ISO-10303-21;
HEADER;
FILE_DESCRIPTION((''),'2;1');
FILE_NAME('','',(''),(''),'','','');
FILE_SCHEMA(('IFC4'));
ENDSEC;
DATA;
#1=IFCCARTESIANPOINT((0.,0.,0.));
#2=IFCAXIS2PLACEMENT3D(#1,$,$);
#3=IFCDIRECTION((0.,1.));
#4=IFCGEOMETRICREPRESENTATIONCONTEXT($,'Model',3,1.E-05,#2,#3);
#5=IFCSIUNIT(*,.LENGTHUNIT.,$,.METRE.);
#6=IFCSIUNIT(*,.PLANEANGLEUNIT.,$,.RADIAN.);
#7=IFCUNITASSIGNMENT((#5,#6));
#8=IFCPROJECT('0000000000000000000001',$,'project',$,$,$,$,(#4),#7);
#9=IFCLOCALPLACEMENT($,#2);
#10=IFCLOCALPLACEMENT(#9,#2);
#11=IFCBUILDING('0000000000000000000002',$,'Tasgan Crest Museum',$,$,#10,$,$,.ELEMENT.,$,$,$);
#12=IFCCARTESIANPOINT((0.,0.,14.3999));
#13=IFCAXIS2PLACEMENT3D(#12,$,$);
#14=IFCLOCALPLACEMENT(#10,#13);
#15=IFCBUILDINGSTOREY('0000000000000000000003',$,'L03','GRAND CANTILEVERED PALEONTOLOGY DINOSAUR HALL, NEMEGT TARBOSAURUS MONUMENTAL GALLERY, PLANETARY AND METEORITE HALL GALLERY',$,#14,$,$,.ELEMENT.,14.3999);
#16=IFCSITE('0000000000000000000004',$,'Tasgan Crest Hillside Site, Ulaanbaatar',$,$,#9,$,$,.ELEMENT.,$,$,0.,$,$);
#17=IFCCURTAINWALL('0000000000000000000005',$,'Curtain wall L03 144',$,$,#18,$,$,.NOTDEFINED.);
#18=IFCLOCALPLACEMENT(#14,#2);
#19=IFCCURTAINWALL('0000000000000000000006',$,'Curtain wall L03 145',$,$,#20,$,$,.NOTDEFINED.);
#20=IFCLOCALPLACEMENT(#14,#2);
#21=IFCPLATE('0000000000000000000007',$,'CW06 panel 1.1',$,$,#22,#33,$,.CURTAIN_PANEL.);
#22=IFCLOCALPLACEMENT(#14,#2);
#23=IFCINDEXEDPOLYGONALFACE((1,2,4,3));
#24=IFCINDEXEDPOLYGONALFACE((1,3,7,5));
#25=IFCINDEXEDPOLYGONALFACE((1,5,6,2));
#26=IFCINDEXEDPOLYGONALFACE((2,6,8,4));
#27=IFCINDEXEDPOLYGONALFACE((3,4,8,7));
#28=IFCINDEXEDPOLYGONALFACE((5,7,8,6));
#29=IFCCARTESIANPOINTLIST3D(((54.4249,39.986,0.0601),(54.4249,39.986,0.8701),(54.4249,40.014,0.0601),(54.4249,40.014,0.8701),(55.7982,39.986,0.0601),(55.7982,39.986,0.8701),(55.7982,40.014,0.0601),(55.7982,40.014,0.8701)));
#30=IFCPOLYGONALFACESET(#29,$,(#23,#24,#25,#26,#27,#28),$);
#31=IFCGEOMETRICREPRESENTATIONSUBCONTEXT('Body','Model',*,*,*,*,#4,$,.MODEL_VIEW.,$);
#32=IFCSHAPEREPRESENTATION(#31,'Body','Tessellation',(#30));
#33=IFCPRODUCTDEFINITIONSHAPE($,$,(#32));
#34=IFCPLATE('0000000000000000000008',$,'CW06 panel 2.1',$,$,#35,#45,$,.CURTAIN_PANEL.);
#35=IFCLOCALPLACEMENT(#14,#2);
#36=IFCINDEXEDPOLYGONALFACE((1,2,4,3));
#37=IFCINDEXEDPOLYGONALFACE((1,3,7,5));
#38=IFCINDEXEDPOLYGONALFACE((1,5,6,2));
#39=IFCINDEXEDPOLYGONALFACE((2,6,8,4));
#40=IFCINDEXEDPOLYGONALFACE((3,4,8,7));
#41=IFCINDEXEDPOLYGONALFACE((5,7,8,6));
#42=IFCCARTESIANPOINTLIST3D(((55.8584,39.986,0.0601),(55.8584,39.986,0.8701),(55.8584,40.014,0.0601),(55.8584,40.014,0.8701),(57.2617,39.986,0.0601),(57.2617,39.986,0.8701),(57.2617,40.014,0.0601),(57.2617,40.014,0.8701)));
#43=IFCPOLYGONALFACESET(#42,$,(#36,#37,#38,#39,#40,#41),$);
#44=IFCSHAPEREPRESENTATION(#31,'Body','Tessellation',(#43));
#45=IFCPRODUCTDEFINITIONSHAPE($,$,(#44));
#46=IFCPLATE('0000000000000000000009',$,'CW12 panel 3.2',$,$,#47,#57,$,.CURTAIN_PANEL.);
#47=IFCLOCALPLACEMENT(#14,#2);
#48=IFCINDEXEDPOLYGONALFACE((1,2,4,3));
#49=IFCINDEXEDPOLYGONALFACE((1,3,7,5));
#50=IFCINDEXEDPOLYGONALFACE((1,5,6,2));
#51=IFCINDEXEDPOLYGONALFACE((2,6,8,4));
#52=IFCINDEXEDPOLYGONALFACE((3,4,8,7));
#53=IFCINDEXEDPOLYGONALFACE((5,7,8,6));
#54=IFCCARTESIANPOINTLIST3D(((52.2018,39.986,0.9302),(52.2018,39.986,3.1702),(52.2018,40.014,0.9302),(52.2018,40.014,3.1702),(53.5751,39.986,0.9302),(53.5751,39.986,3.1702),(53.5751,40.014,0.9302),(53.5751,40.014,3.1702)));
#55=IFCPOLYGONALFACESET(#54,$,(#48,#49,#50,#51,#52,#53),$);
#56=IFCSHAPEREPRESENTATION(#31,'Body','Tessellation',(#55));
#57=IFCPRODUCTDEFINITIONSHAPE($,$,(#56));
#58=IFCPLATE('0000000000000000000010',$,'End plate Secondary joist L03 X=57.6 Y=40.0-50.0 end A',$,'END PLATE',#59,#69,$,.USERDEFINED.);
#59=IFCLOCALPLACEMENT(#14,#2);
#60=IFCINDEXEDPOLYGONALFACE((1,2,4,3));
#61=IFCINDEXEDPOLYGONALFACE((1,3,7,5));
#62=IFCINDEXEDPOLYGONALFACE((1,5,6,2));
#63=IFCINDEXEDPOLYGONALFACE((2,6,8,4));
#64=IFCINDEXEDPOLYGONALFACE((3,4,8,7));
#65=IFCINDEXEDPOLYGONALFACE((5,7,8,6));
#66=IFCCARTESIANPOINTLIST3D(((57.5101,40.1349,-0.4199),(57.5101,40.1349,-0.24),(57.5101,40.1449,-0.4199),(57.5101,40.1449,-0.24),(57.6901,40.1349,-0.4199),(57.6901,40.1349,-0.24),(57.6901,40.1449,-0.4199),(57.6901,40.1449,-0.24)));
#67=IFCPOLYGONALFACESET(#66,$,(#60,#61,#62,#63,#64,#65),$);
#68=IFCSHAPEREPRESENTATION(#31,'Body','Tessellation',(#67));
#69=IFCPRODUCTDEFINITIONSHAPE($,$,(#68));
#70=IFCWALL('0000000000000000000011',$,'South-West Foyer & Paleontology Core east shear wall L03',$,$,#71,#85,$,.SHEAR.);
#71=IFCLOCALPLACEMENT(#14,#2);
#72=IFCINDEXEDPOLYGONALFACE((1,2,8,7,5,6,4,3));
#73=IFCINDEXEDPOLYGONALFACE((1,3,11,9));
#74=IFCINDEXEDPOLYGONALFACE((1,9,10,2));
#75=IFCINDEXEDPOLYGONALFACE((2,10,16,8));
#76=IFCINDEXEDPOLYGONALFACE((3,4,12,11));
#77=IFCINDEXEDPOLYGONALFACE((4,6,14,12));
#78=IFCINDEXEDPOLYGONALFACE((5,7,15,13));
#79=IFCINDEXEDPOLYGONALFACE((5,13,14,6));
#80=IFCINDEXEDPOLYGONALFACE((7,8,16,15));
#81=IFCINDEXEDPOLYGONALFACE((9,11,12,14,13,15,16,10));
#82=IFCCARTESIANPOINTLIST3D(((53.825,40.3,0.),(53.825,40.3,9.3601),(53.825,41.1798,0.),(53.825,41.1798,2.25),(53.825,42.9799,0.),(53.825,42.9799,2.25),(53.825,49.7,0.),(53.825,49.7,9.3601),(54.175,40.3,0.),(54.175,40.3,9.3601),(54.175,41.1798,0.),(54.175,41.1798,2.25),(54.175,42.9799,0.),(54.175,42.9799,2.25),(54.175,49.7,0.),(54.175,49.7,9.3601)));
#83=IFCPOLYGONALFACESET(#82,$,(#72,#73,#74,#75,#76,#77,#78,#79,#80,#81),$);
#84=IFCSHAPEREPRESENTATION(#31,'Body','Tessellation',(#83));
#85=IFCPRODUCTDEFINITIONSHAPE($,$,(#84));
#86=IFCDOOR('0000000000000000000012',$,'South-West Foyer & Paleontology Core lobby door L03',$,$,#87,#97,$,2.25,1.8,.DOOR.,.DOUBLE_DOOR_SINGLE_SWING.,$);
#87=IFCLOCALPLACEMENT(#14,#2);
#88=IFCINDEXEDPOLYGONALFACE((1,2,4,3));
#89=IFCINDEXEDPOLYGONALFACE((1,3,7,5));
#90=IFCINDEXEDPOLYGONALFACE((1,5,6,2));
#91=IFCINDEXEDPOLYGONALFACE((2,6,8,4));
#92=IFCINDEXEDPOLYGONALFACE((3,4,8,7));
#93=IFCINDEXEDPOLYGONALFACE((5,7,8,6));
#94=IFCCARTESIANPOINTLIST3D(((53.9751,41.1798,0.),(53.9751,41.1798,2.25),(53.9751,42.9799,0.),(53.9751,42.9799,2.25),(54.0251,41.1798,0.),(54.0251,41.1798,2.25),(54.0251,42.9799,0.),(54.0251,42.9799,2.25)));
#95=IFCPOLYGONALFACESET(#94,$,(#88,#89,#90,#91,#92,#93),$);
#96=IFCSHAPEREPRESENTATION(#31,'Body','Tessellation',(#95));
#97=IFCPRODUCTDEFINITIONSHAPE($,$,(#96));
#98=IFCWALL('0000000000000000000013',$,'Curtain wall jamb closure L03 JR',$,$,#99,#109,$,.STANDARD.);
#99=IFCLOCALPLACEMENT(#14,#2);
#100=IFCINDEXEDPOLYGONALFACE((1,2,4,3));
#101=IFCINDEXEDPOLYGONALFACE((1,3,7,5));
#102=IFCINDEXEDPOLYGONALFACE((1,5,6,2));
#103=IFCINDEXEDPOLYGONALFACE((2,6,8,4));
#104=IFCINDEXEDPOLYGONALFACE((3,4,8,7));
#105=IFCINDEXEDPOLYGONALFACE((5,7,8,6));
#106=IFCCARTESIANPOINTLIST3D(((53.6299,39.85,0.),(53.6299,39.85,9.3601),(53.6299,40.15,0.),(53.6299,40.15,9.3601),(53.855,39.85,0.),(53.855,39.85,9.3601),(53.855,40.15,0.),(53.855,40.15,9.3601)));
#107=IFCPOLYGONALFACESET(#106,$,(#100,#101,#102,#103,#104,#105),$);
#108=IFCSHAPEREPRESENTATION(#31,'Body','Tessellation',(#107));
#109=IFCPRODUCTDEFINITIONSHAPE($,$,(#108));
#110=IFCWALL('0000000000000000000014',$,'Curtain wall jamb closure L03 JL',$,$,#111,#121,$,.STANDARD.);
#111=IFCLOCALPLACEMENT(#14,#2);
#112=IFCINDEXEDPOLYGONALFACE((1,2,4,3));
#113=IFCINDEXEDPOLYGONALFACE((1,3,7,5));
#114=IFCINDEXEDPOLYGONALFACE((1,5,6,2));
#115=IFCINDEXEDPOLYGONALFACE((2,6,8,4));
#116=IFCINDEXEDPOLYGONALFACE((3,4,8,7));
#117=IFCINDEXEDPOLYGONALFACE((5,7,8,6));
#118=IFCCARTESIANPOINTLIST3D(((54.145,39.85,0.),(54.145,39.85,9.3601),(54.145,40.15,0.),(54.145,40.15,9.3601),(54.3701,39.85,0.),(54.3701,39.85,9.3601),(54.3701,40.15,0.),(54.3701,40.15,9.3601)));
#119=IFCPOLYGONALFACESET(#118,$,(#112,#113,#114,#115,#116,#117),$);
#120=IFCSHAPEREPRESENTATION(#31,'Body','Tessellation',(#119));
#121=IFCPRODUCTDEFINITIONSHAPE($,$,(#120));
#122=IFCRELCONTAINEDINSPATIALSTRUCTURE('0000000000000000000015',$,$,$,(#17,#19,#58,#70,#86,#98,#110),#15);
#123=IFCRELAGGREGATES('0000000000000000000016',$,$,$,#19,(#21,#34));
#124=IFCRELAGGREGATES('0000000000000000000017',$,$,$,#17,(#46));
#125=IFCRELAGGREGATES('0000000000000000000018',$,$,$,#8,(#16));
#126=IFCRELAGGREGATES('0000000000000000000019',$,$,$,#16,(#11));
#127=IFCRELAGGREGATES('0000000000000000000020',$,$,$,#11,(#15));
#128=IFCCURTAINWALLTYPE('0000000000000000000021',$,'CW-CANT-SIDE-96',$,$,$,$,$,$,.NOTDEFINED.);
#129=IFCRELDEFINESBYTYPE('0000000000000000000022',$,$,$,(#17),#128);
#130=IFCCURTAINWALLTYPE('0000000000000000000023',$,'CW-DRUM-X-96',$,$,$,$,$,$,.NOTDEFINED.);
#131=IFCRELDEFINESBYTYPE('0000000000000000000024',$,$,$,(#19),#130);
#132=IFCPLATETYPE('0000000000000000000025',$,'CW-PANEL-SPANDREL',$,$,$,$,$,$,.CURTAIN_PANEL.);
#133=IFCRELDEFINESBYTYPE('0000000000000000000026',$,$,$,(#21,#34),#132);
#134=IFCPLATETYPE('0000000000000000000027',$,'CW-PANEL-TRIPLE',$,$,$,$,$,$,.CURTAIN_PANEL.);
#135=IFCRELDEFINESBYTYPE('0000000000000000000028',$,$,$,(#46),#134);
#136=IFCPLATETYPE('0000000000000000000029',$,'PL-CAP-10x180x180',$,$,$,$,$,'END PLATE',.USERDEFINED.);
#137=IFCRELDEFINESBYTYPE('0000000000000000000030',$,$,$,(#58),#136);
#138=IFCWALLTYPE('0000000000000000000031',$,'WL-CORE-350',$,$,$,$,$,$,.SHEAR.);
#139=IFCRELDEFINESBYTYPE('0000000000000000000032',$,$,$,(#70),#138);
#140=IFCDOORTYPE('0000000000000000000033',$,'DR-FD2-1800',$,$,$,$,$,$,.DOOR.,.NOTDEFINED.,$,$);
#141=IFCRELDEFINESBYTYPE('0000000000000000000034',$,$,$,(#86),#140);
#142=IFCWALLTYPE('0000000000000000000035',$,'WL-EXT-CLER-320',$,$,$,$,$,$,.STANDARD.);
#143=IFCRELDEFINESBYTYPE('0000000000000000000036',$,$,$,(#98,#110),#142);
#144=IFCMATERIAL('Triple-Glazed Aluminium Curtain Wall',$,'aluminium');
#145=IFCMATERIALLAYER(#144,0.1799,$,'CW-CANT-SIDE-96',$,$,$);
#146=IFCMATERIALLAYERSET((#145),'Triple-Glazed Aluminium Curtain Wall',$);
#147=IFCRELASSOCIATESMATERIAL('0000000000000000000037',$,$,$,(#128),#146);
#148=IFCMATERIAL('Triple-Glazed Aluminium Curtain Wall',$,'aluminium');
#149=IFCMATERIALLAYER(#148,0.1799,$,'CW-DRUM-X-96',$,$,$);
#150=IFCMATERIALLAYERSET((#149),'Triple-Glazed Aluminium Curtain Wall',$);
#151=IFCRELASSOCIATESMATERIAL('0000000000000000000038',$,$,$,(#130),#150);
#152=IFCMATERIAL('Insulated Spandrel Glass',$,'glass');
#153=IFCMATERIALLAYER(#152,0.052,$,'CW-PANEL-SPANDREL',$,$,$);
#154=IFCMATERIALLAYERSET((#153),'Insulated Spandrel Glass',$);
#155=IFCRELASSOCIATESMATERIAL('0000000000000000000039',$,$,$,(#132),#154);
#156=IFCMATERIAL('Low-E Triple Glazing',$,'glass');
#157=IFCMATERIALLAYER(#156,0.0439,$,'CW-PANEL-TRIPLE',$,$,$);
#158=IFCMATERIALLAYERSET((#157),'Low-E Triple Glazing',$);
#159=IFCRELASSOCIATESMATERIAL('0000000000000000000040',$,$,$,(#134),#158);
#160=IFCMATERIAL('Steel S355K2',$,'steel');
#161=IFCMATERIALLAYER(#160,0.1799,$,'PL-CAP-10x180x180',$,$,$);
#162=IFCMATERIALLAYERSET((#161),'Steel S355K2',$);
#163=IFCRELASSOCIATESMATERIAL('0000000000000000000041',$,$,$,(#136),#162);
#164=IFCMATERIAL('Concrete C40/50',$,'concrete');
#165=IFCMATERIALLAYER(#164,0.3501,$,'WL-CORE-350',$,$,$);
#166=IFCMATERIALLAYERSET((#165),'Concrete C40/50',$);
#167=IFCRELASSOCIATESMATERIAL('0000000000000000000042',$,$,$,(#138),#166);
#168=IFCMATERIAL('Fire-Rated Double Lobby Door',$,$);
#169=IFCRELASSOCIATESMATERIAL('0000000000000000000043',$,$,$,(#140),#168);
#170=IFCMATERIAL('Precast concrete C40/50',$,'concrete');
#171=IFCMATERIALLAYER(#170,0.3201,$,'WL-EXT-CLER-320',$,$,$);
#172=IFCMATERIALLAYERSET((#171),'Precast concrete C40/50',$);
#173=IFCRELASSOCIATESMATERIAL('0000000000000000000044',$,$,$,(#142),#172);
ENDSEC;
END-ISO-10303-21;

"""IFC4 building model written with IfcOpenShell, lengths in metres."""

from ifc_helpers import new_model, si_unit, direction, frame, frame_2d, origin, origin_2d, place, context, subcontext, project, spatial, rectangle, extrude, material, layer, layer_set, type_object, element, fill, aggregate, save


model = new_model("IFC4")

# Units and contexts
model_context = context("Model", 3, precision=1e-05, world=origin(), true_north=direction((0.0, 1.0)))
body_context = subcontext(model_context, "Body", "Model", "MODEL_VIEW")
ifc_project = project(units=[si_unit("LENGTHUNIT", "METRE"), si_unit("PLANEANGLEUNIT", "RADIAN")], contexts=[model_context])

# Site, building, storey
site_placement = place(None, origin())
site = spatial("IfcSite", under=ifc_project, at=site_placement, Name="Tasgan Crest Hillside Site, Ulaanbaatar", CompositionType="ELEMENT", RefElevation=0.0)
building_placement = place(site_placement, origin())
building = spatial("IfcBuilding", under=site, at=building_placement, Name="Tasgan Crest Museum", CompositionType="ELEMENT")
storey_placement = place(building_placement, frame((0.0, 0.0, 14.3999)))
storey = spatial("IfcBuildingStorey", under=building, at=storey_placement, Name="L03", Description="GRAND CANTILEVERED PALEONTOLOGY DINOSAUR HALL, NEMEGT TARBOSAURUS MONUMENTAL GALLERY, PLANETARY AND METEORITE HALL GALLERY", CompositionType="ELEMENT", Elevation=14.3999)

# Curtain wall
ifc_material_1 = material(Name="Triple-Glazed Aluminium Curtain Wall", Category="aluminium")
ifc_layer_1 = layer(ifc_material_1, 0.1799, Name="CW-CANT-SIDE-96")
ifc_layer_set_1 = layer_set([ifc_layer_1], Name="Triple-Glazed Aluminium Curtain Wall")
curtain_wall_type_1 = type_object("IfcCurtainWallType", Name="CW-CANT-SIDE-96", PredefinedType="NOTDEFINED", material=ifc_layer_set_1)
curtain_wall_1_placement = place(storey_placement, origin())
curtain_wall_1 = element("IfcCurtainWall", 1, at=curtain_wall_1_placement, inside=storey, type_object=curtain_wall_type_1, Name="Curtain wall L03 144", PredefinedType="NOTDEFINED")

# Curtain wall
ifc_material_2 = material(Name="Triple-Glazed Aluminium Curtain Wall", Category="aluminium")
ifc_layer_2 = layer(ifc_material_2, 0.1799, Name="CW-DRUM-X-96")
ifc_layer_set_2 = layer_set([ifc_layer_2], Name="Triple-Glazed Aluminium Curtain Wall")
curtain_wall_type_2 = type_object("IfcCurtainWallType", Name="CW-DRUM-X-96", PredefinedType="NOTDEFINED", material=ifc_layer_set_2)
curtain_wall_2_placement = place(storey_placement, origin())
curtain_wall_2 = element("IfcCurtainWall", 2, at=curtain_wall_2_placement, inside=storey, type_object=curtain_wall_type_2, Name="Curtain wall L03 145", PredefinedType="NOTDEFINED")

# Plates
ifc_material_3 = material(Name="Insulated Spandrel Glass", Category="glass")
ifc_layer_3 = layer(ifc_material_3, 0.052, Name="CW-PANEL-SPANDREL")
ifc_layer_set_3 = layer_set([ifc_layer_3], Name="Insulated Spandrel Glass")
plate_type_1 = type_object("IfcPlateType", Name="CW-PANEL-SPANDREL", PredefinedType="CURTAIN_PANEL", material=ifc_layer_set_3)
plate_1_placement = place(storey_placement, frame((55.1116, 40.0, 0.0601), z_axis=(0.0, 0.0, 1.0), x_axis=(1.0, 0.0, 0.0)))
plate_1 = element("IfcPlate", 3, at=plate_1_placement, type_object=plate_type_1, Name="CW06 panel 1.1", PredefinedType="CURTAIN_PANEL", context=body_context, shape_type="SweptSolid", body=[
    extrude(rectangle(XDim=1.3733, YDim=0.0281, at=origin_2d()), origin(), (0.0, 0.0, 1.0), 0.8101),
])
plate_2_placement = place(storey_placement, frame((56.5601, 40.0, 0.0601), z_axis=(0.0, 0.0, 1.0), x_axis=(1.0, 0.0, 0.0)))
plate_2 = element("IfcPlate", 4, at=plate_2_placement, type_object=plate_type_1, Name="CW06 panel 2.1", PredefinedType="CURTAIN_PANEL", context=body_context, shape_type="SweptSolid", body=[
    extrude(rectangle(XDim=1.4033, YDim=0.0281, at=origin_2d()), origin(), (0.0, 0.0, 1.0), 0.8101),
])
aggregate(curtain_wall_2, [plate_1, plate_2])
ifc_material_4 = material(Name="Low-E Triple Glazing", Category="glass")
ifc_layer_4 = layer(ifc_material_4, 0.0439, Name="CW-PANEL-TRIPLE")
ifc_layer_set_4 = layer_set([ifc_layer_4], Name="Low-E Triple Glazing")
plate_type_2 = type_object("IfcPlateType", Name="CW-PANEL-TRIPLE", PredefinedType="CURTAIN_PANEL", material=ifc_layer_set_4)
plate_3_placement = place(storey_placement, frame((52.8884, 40.0, 0.9302), z_axis=(0.0, 0.0, 1.0), x_axis=(1.0, 0.0, 0.0)))
plate_3 = element("IfcPlate", 5, at=plate_3_placement, type_object=plate_type_2, Name="CW12 panel 3.2", PredefinedType="CURTAIN_PANEL", context=body_context, shape_type="SweptSolid", body=[
    extrude(rectangle(XDim=1.3733, YDim=0.0281, at=origin_2d()), origin(), (0.0, 0.0, 1.0), 2.24),
])
aggregate(curtain_wall_1, [plate_3])
ifc_material_5 = material(Name="Steel S355K2", Category="steel")
ifc_layer_5 = layer(ifc_material_5, 0.1799, Name="PL-CAP-10x180x180")
ifc_layer_set_5 = layer_set([ifc_layer_5], Name="Steel S355K2")
plate_type_3 = type_object("IfcPlateType", Name="PL-CAP-10x180x180", ElementType="END PLATE", PredefinedType="USERDEFINED", material=ifc_layer_set_5)
plate_4_placement = place(storey_placement, frame((57.6001, 40.1399, -0.4199), z_axis=(0.0, 0.0, 1.0), x_axis=(0.0, 1.0, 0.0)))
element("IfcPlate", 6, at=plate_4_placement, inside=storey, type_object=plate_type_3, Name="End plate Secondary joist L03 X=57.6 Y=40.0-50.0 end A", ObjectType="END PLATE", PredefinedType="USERDEFINED", context=body_context, shape_type="SweptSolid", body=[
    extrude(rectangle(XDim=0.01, YDim=0.1799, at=origin_2d()), origin(), (0.0, 0.0, 1.0), 0.1799),
])

# Wall, opening, door
ifc_material_6 = material(Name="Concrete C40/50", Category="concrete")
ifc_layer_6 = layer(ifc_material_6, 0.3501, Name="WL-CORE-350")
ifc_layer_set_6 = layer_set([ifc_layer_6], Name="Concrete C40/50")
wall_type_1 = type_object("IfcWallType", Name="WL-CORE-350", PredefinedType="SHEAR", material=ifc_layer_set_6)
wall_placement = place(storey_placement, frame((54.0, 40.3, 0.0), z_axis=(0.0, 0.0, 1.0), x_axis=(0.0, 1.0, 0.0)))
wall = element("IfcWall", 7, at=wall_placement, inside=storey, type_object=wall_type_1, Name="South-West Foyer & Paleontology Core east shear wall L03", PredefinedType="SHEAR", context=body_context, shape_type="SweptSolid", body=[
    extrude(rectangle(XDim=9.3999, YDim=0.3501, at=frame_2d((4.7, 0.0))), origin(), (0.0, 0.0, 1.0), 9.3601),
])
opening_placement = place(wall_placement, frame((0.8799, 0.0, 0.0)))
opening = element("IfcOpeningElement", 8, at=opening_placement, cuts=wall, PredefinedType="OPENING", context=body_context, shape_type="SweptSolid", body=[
    extrude(rectangle(XDim=1.8, YDim=2.25, at=frame_2d((0.8999, 1.125))), frame((0.0, 0.1851, 0.0), z_axis=(0.0, -1.0, 0.0), x_axis=(1.0, 0.0, 0.0)), (0.0, 0.0, 1.0), 0.3701),
])
ifc_material_7 = material(Name="Fire-Rated Double Lobby Door")
door_type = type_object("IfcDoorType", Name="DR-FD2-1800", OperationType="NOTDEFINED", PredefinedType="DOOR", material=ifc_material_7)
door_placement = place(opening_placement, origin())
door = element("IfcDoor", 9, at=door_placement, inside=storey, type_object=door_type, Name="South-West Foyer & Paleontology Core lobby door L03", OperationType="DOUBLE_DOOR_SINGLE_SWING", OverallHeight=2.25, OverallWidth=1.8, PredefinedType="DOOR", context=body_context, shape_type="SweptSolid", body=[
    extrude(rectangle(XDim=1.8, YDim=2.25, at=frame_2d((0.8999, 1.125))), frame((0.0, 0.0249, 0.0), z_axis=(0.0, -1.0, 0.0), x_axis=(1.0, 0.0, 0.0)), (0.0, 0.0, 1.0), 0.05),
])
fill(opening, door)

# Walls
ifc_material_8 = material(Name="Precast concrete C40/50", Category="concrete")
ifc_layer_7 = layer(ifc_material_8, 0.3201, Name="WL-EXT-CLER-320")
ifc_layer_set_7 = layer_set([ifc_layer_7], Name="Precast concrete C40/50")
wall_type_2 = type_object("IfcWallType", Name="WL-EXT-CLER-320", PredefinedType="STANDARD", material=ifc_layer_set_7)
for number, where, z_axis, x_axis, name in (
    (10, (53.6299, 40.0, 0.0), (0.0, 0.0, 1.0), (1.0, 0.0, 0.0), "Curtain wall jamb closure L03 JR"),
    (11, (54.145, 40.0, 0.0), (0.0, 0.0, 1.0), (1.0, 0.0, 0.0), "Curtain wall jamb closure L03 JL"),
):
    element("IfcWall", number, at=place(storey_placement, frame(where, z_axis=z_axis, x_axis=x_axis)), inside=storey, type_object=wall_type_2, Name=name, PredefinedType="STANDARD", context=body_context, shape_type="SweptSolid", body=[
        extrude(rectangle(XDim=0.2251, YDim=0.3, at=frame_2d((0.1125, 0.0))), origin(), (0.0, 0.0, 1.0), 9.3601),
    ])

save(model, "model.ifc")
